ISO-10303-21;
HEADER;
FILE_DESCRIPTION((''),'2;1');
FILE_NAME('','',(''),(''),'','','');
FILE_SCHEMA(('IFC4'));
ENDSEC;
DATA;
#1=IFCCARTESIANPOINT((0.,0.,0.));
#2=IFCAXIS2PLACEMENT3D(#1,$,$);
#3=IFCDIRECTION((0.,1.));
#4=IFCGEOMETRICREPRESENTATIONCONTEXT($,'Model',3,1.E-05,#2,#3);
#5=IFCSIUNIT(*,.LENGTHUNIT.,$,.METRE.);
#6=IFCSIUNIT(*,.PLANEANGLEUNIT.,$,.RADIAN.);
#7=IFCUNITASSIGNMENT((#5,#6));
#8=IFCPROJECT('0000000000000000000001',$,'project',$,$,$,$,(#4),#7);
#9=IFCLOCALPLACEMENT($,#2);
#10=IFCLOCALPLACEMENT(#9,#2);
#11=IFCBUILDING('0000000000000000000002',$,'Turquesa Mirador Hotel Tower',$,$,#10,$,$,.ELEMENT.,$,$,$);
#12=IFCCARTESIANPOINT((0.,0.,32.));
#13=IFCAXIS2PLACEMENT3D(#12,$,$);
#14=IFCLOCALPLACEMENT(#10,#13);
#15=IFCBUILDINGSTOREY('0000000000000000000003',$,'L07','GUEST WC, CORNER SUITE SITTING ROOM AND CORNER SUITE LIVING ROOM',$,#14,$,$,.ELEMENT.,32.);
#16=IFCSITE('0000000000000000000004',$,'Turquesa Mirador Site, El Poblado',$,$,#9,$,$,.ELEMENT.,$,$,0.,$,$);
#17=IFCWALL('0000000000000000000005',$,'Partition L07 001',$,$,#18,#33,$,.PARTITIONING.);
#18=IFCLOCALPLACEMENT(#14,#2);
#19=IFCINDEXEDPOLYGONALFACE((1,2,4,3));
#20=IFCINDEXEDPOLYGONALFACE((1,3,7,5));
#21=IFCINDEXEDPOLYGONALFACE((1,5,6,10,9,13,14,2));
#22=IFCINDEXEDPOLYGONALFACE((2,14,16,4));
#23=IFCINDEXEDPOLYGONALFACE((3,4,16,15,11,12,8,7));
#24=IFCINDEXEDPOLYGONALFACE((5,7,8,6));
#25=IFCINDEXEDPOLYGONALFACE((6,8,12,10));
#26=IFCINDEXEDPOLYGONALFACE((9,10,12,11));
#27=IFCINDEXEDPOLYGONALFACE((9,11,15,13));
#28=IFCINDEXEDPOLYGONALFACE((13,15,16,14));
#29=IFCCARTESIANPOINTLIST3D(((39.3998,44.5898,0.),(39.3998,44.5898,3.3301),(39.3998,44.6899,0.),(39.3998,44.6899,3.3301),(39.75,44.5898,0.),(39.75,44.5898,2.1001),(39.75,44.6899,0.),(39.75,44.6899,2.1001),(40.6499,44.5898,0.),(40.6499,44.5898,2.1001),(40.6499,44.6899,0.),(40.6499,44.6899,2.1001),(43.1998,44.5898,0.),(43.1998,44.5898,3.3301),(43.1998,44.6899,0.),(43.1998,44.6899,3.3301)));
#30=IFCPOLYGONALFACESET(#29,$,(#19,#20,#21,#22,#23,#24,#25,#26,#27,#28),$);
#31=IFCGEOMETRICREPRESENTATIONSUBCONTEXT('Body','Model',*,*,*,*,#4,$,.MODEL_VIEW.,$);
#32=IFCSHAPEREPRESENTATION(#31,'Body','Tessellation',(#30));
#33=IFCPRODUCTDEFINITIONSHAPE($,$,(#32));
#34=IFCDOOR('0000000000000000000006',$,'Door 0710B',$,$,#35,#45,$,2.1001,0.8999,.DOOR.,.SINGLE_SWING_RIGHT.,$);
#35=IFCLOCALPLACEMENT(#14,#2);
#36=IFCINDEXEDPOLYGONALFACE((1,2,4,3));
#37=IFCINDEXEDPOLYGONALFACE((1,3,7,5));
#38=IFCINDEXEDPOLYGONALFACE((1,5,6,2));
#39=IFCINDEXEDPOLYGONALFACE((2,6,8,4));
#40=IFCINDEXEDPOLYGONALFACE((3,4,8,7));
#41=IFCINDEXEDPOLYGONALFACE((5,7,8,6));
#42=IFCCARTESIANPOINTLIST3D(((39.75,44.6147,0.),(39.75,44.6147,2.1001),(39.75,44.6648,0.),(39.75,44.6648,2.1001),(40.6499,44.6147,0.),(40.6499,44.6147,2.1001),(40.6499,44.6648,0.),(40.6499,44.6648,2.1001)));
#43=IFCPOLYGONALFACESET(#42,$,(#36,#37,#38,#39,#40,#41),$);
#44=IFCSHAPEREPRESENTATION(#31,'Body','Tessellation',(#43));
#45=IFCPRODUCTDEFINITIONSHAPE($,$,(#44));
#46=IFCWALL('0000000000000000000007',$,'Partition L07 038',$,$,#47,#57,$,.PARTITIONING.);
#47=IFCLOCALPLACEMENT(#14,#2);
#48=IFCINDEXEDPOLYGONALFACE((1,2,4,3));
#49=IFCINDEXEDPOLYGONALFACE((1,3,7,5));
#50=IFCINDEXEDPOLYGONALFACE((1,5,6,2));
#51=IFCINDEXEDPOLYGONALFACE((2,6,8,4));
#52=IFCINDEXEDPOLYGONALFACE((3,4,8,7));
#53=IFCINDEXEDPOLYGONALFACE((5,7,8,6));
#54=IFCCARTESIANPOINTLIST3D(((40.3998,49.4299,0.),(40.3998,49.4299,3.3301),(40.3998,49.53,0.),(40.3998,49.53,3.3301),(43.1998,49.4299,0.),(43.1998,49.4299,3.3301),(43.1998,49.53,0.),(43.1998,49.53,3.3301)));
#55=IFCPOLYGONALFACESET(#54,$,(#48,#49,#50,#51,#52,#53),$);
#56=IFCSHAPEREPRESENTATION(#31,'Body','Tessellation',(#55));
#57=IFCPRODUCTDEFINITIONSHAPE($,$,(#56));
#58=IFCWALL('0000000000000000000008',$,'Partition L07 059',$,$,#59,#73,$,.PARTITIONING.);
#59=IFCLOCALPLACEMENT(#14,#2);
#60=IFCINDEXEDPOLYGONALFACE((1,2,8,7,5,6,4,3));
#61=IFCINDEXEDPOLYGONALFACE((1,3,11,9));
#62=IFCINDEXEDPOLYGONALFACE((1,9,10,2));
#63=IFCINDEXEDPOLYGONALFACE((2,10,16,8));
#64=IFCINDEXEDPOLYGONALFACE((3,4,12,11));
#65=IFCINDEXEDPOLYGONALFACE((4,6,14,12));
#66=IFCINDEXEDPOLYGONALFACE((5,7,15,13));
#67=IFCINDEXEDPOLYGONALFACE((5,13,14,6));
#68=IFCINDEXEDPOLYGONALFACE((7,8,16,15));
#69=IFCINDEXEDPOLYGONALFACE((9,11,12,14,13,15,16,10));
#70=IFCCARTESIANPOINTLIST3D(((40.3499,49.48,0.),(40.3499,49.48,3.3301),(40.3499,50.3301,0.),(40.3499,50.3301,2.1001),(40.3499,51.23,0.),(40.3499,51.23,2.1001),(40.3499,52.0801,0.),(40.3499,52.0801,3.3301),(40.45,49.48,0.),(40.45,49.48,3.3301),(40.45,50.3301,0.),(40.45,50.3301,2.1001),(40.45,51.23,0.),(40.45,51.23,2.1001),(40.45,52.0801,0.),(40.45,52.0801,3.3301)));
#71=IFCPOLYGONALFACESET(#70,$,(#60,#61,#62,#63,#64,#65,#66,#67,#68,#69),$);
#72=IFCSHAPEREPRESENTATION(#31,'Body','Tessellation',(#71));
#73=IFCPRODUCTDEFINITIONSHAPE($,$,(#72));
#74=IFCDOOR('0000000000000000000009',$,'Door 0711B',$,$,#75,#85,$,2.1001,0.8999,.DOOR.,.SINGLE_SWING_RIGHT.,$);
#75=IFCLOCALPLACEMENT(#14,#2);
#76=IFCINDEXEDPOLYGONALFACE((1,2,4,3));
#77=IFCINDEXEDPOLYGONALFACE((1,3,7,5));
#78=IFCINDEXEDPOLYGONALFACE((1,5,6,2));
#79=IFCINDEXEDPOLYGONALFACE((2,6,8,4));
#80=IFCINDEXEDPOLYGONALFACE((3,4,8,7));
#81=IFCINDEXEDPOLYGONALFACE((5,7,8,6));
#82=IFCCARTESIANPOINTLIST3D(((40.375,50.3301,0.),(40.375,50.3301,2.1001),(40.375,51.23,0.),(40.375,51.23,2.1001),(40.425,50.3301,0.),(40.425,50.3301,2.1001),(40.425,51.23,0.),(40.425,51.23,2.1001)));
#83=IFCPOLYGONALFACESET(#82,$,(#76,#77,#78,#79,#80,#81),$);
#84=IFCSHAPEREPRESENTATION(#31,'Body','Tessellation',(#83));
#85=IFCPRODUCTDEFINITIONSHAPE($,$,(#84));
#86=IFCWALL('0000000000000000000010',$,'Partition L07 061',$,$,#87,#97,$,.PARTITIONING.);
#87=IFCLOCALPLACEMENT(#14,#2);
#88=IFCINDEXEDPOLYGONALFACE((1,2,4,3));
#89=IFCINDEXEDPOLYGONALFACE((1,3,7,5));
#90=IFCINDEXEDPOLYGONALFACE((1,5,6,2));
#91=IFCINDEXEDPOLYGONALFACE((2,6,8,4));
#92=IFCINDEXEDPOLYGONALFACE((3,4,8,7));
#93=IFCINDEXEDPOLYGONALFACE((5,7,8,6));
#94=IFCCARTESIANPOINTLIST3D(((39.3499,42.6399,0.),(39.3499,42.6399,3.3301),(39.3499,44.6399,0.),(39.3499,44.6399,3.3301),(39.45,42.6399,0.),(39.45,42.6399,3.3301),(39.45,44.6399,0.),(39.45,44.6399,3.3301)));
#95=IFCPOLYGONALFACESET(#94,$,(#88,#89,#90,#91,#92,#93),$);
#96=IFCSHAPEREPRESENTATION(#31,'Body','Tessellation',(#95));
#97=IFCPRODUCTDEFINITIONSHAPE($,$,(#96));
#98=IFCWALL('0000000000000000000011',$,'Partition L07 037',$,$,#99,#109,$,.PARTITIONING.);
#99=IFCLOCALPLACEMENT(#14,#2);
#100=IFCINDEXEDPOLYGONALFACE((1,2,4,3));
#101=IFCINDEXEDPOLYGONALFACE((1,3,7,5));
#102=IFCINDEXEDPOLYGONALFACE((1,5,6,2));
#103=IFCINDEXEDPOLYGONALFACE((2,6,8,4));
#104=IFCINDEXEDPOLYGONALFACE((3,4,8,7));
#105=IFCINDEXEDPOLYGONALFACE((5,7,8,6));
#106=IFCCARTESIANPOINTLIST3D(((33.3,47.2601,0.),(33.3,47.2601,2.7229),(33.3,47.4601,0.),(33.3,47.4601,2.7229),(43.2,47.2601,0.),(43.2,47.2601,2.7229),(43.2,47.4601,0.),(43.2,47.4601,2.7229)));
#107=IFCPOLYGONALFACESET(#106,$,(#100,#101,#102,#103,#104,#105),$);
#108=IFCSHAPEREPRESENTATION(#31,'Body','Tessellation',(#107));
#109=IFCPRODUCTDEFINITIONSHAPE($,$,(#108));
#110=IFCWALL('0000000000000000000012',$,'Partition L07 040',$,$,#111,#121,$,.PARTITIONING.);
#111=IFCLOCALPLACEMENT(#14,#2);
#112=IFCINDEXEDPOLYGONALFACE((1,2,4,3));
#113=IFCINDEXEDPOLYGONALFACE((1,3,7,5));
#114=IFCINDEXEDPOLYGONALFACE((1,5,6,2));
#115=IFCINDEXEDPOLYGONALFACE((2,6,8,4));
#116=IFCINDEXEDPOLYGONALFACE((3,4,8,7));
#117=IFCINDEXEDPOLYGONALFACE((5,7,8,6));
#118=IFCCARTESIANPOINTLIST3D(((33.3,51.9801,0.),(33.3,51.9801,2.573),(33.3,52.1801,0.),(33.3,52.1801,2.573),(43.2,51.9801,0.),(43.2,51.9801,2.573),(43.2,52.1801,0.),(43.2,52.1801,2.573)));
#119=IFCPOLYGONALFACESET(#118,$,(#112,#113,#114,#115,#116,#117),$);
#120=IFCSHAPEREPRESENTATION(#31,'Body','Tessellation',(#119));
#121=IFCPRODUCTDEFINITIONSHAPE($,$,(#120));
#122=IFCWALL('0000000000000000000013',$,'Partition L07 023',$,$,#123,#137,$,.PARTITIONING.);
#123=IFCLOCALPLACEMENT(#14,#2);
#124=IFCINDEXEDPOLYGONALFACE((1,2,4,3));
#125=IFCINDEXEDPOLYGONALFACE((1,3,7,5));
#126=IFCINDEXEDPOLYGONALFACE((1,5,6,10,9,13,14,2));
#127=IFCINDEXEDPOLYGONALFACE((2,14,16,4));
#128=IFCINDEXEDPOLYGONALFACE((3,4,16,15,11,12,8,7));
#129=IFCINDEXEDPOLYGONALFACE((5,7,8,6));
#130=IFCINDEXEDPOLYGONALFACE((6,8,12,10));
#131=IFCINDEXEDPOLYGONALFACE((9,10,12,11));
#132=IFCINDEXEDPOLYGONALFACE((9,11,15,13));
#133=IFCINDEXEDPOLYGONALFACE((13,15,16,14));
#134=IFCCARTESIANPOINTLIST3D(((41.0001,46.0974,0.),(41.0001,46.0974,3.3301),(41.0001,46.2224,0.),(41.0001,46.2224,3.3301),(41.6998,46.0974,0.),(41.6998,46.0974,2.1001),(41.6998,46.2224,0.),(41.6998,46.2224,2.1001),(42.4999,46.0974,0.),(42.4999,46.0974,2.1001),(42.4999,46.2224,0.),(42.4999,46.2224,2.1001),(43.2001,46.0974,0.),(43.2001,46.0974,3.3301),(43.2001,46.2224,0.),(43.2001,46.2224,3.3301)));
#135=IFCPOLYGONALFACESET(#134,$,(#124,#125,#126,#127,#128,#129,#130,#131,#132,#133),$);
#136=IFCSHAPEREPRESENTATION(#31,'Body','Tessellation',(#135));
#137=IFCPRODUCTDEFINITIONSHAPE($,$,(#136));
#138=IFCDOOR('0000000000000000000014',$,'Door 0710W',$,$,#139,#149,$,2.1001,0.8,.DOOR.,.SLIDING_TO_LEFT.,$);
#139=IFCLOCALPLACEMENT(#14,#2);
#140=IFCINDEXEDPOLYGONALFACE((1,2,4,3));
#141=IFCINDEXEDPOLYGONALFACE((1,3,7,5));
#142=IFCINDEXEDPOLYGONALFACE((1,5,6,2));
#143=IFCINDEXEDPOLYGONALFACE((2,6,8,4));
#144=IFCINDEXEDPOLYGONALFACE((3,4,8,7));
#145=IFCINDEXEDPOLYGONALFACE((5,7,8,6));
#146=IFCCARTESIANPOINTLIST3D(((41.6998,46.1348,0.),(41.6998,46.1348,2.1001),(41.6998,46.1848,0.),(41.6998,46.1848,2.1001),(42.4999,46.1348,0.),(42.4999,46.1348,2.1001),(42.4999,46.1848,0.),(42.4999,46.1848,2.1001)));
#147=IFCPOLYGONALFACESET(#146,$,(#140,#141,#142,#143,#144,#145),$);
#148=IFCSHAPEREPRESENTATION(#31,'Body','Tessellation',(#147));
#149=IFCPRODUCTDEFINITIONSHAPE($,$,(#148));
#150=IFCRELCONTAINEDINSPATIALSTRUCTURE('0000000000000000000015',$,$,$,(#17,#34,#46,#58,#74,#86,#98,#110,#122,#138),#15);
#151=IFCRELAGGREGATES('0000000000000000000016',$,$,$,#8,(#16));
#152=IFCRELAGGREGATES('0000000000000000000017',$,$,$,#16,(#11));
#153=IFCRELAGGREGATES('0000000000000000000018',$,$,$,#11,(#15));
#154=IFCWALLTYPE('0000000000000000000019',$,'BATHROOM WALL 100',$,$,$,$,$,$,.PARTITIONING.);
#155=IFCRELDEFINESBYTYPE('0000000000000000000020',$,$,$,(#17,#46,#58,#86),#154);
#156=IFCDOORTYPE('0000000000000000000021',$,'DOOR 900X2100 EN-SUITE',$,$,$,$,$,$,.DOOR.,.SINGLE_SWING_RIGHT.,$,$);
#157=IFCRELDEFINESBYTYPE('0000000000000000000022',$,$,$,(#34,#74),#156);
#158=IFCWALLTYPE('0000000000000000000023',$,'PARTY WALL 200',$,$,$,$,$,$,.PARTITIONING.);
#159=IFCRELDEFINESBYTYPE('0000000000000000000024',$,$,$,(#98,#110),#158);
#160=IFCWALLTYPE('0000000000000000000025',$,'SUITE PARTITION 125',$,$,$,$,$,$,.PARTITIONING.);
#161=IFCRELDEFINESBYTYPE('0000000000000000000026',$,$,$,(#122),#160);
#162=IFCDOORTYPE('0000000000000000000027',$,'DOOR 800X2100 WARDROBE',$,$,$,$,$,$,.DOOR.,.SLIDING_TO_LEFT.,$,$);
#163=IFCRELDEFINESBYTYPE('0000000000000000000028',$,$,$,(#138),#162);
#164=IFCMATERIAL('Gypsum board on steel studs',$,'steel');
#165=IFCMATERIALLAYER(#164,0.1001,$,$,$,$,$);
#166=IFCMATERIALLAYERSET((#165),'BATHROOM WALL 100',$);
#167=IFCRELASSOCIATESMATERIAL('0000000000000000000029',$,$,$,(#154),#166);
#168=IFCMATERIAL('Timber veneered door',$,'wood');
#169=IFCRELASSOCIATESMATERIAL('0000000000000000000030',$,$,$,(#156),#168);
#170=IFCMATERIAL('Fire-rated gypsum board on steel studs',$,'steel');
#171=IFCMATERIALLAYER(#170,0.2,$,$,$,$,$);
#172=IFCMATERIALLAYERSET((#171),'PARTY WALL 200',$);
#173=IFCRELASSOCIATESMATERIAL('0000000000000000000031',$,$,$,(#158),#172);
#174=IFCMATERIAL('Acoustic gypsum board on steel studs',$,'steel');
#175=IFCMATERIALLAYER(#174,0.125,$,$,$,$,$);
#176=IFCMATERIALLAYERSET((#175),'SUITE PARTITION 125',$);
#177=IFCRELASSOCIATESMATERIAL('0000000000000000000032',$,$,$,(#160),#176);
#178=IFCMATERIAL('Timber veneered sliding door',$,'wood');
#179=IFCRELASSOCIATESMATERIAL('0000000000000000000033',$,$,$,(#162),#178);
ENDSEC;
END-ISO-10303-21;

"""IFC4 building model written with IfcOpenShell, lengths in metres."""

from ifc_helpers import new_model, si_unit, direction, frame, frame_2d, origin, place, context, subcontext, project, spatial, rectangle, extrude, material, layer, layer_set, type_object, element, fill, save


model = new_model("IFC4")

# Units and contexts
model_context = context("Model", 3, precision=1e-05, world=origin(), true_north=direction((0.0, 1.0)))
body_context = subcontext(model_context, "Body", "Model", "MODEL_VIEW")
ifc_project = project(units=[si_unit("LENGTHUNIT", "METRE"), si_unit("PLANEANGLEUNIT", "RADIAN")], contexts=[model_context])

# Site, building, storey
site_placement = place(None, origin())
site = spatial("IfcSite", under=ifc_project, at=site_placement, Name="Turquesa Mirador Site, El Poblado", CompositionType="ELEMENT", RefElevation=0.0)
building_placement = place(site_placement, origin())
building = spatial("IfcBuilding", under=site, at=building_placement, Name="Turquesa Mirador Hotel Tower", CompositionType="ELEMENT")
storey_placement = place(building_placement, frame((0.0, 0.0, 32.0)))
storey = spatial("IfcBuildingStorey", under=building, at=storey_placement, Name="L07", Description="GUEST WC, CORNER SUITE SITTING ROOM AND CORNER SUITE LIVING ROOM", CompositionType="ELEMENT", Elevation=32.0)

# Wall, opening, door
ifc_material_1 = material(Name="Gypsum board on steel studs", Category="steel")
ifc_layer_1 = layer(ifc_material_1, 0.1001)
ifc_layer_set_1 = layer_set([ifc_layer_1], Name="BATHROOM WALL 100")
wall_type_1 = type_object("IfcWallType", Name="BATHROOM WALL 100", PredefinedType="PARTITIONING", material=ifc_layer_set_1)
wall_1_placement = place(storey_placement, frame((39.3999, 44.6399, 0.0), z_axis=(0.0, 0.0, 1.0), x_axis=(1.0, 0.0, 0.0)))
wall_1 = element("IfcWall", 1, at=wall_1_placement, inside=storey, type_object=wall_type_1, Name="Partition L07 001", PredefinedType="PARTITIONING", context=body_context, shape_type="SweptSolid", body=[
    extrude(rectangle(XDim=3.8, YDim=0.1001, at=frame_2d((1.8999, 0.0))), origin(), (0.0, 0.0, 1.0), 3.3301),
])
opening_1_placement = place(wall_1_placement, frame((0.3501, 0.0, 0.0)))
opening_1 = element("IfcOpeningElement", 2, at=opening_1_placement, cuts=wall_1, PredefinedType="OPENING", context=body_context, shape_type="SweptSolid", body=[
    extrude(rectangle(XDim=0.8999, YDim=2.1001, at=frame_2d((0.45, 1.05))), frame((0.0, 0.0601, 0.0), z_axis=(0.0, -1.0, 0.0), x_axis=(1.0, 0.0, 0.0)), (0.0, 0.0, 1.0), 0.1201),
])
ifc_material_2 = material(Name="Timber veneered door", Category="wood")
door_type_1 = type_object("IfcDoorType", Name="DOOR 900X2100 EN-SUITE", OperationType="SINGLE_SWING_RIGHT", PredefinedType="DOOR", material=ifc_material_2)
door_1_placement = place(opening_1_placement, origin())
door_1 = element("IfcDoor", 3, at=door_1_placement, inside=storey, type_object=door_type_1, Name="Door 0710B", OperationType="SINGLE_SWING_RIGHT", OverallHeight=2.1001, OverallWidth=0.8999, PredefinedType="DOOR", context=body_context, shape_type="SweptSolid", body=[
    extrude(rectangle(XDim=0.8999, YDim=2.1001, at=frame_2d((0.45, 1.05))), frame((0.0, 0.0249, 0.0), z_axis=(0.0, -1.0, 0.0), x_axis=(1.0, 0.0, 0.0)), (0.0, 0.0, 1.0), 0.05),
])
fill(opening_1, door_1)

# Wall
wall_2_placement = place(storey_placement, frame((40.3999, 49.48, 0.0), z_axis=(0.0, 0.0, 1.0), x_axis=(1.0, 0.0, 0.0)))
element("IfcWall", 4, at=wall_2_placement, inside=storey, type_object=wall_type_1, Name="Partition L07 038", PredefinedType="PARTITIONING", context=body_context, shape_type="SweptSolid", body=[
    extrude(rectangle(XDim=2.8, YDim=0.1001, at=frame_2d((1.3999, 0.0))), origin(), (0.0, 0.0, 1.0), 3.3301),
])

# Wall, opening, door
wall_3_placement = place(storey_placement, frame((40.3999, 49.48, 0.0), z_axis=(0.0, 0.0, 1.0), x_axis=(0.0, 1.0, 0.0)))
wall_3 = element("IfcWall", 5, at=wall_3_placement, inside=storey, type_object=wall_type_1, Name="Partition L07 059", PredefinedType="PARTITIONING", context=body_context, shape_type="SweptSolid", body=[
    extrude(rectangle(XDim=2.6001, YDim=0.1001, at=frame_2d((1.3, 0.0))), origin(), (0.0, 0.0, 1.0), 3.3301),
])
opening_2_placement = place(wall_3_placement, frame((0.8501, 0.0, 0.0)))
opening_2 = element("IfcOpeningElement", 6, at=opening_2_placement, cuts=wall_3, PredefinedType="OPENING", context=body_context, shape_type="SweptSolid", body=[
    extrude(rectangle(XDim=0.8999, YDim=2.1001, at=frame_2d((0.45, 1.05))), frame((0.0, 0.0601, 0.0), z_axis=(0.0, -1.0, 0.0), x_axis=(1.0, 0.0, 0.0)), (0.0, 0.0, 1.0), 0.1201),
])
door_2_placement = place(opening_2_placement, origin())
door_2 = element("IfcDoor", 7, at=door_2_placement, inside=storey, type_object=door_type_1, Name="Door 0711B", OperationType="SINGLE_SWING_RIGHT", OverallHeight=2.1001, OverallWidth=0.8999, PredefinedType="DOOR", context=body_context, shape_type="SweptSolid", body=[
    extrude(rectangle(XDim=0.8999, YDim=2.1001, at=frame_2d((0.45, 1.05))), frame((0.0, 0.0249, 0.0), z_axis=(0.0, -1.0, 0.0), x_axis=(1.0, 0.0, 0.0)), (0.0, 0.0, 1.0), 0.05),
])
fill(opening_2, door_2)

# Walls
wall_4_placement = place(storey_placement, frame((39.3999, 42.6399, 0.0), z_axis=(0.0, 0.0, 1.0), x_axis=(0.0, 1.0, 0.0)))
element("IfcWall", 8, at=wall_4_placement, inside=storey, type_object=wall_type_1, Name="Partition L07 061", PredefinedType="PARTITIONING", context=body_context, shape_type="SweptSolid", body=[
    extrude(rectangle(XDim=2.0, YDim=0.1001, at=frame_2d((1.0, 0.0))), origin(), (0.0, 0.0, 1.0), 3.3301),
])
ifc_material_3 = material(Name="Fire-rated gypsum board on steel studs", Category="steel")
ifc_layer_2 = layer(ifc_material_3, 0.2)
ifc_layer_set_2 = layer_set([ifc_layer_2], Name="PARTY WALL 200")
wall_type_2 = type_object("IfcWallType", Name="PARTY WALL 200", PredefinedType="PARTITIONING", material=ifc_layer_set_2)
wall_5_placement = place(storey_placement, frame((33.3, 47.3601, 0.0), z_axis=(0.0, 0.0, 1.0), x_axis=(1.0, 0.0, 0.0)))
element("IfcWall", 9, at=wall_5_placement, inside=storey, type_object=wall_type_2, Name="Partition L07 037", PredefinedType="PARTITIONING", context=body_context, shape_type="SweptSolid", body=[
    extrude(rectangle(XDim=9.8999, YDim=0.2, at=frame_2d((4.95, 0.0))), origin(), (0.0, 0.0, 1.0), 2.7229),
])
wall_6_placement = place(storey_placement, frame((33.3, 52.0801, 0.0), z_axis=(0.0, 0.0, 1.0), x_axis=(1.0, 0.0, 0.0)))
element("IfcWall", 10, at=wall_6_placement, inside=storey, type_object=wall_type_2, Name="Partition L07 040", PredefinedType="PARTITIONING", context=body_context, shape_type="SweptSolid", body=[
    extrude(rectangle(XDim=9.8999, YDim=0.2, at=frame_2d((4.95, 0.0))), origin(), (0.0, 0.0, 1.0), 2.573),
])

# Wall, opening, door
ifc_material_4 = material(Name="Acoustic gypsum board on steel studs", Category="steel")
ifc_layer_3 = layer(ifc_material_4, 0.125)
ifc_layer_set_3 = layer_set([ifc_layer_3], Name="SUITE PARTITION 125")
wall_type_3 = type_object("IfcWallType", Name="SUITE PARTITION 125", PredefinedType="PARTITIONING", material=ifc_layer_set_3)
wall_7_placement = place(storey_placement, frame((41.0, 46.1599, 0.0), z_axis=(0.0, 0.0, 1.0), x_axis=(1.0, 0.0, 0.0)))
wall_7 = element("IfcWall", 11, at=wall_7_placement, inside=storey, type_object=wall_type_3, Name="Partition L07 023", PredefinedType="PARTITIONING", context=body_context, shape_type="SweptSolid", body=[
    extrude(rectangle(XDim=2.2, YDim=0.125, at=frame_2d((1.1001, 0.0))), origin(), (0.0, 0.0, 1.0), 3.3301),
])
opening_3_placement = place(wall_7_placement, frame((0.7, 0.0, 0.0)))
opening_3 = element("IfcOpeningElement", 12, at=opening_3_placement, cuts=wall_7, PredefinedType="OPENING", context=body_context, shape_type="SweptSolid", body=[
    extrude(rectangle(XDim=0.8, YDim=2.1001, at=frame_2d((0.3999, 1.05))), frame((0.0, 0.0725, 0.0), z_axis=(0.0, -1.0, 0.0), x_axis=(1.0, 0.0, 0.0)), (0.0, 0.0, 1.0), 0.145),
])
ifc_material_5 = material(Name="Timber veneered sliding door", Category="wood")
door_type_2 = type_object("IfcDoorType", Name="DOOR 800X2100 WARDROBE", OperationType="SLIDING_TO_LEFT", PredefinedType="DOOR", material=ifc_material_5)
door_3_placement = place(opening_3_placement, origin())
door_3 = element("IfcDoor", 13, at=door_3_placement, inside=storey, type_object=door_type_2, Name="Door 0710W", OperationType="SLIDING_TO_LEFT", OverallHeight=2.1001, OverallWidth=0.8, PredefinedType="DOOR", context=body_context, shape_type="SweptSolid", body=[
    extrude(rectangle(XDim=0.8, YDim=2.1001, at=frame_2d((0.3999, 1.05))), frame((0.0, 0.0249, 0.0), z_axis=(0.0, -1.0, 0.0), x_axis=(1.0, 0.0, 0.0)), (0.0, 0.0, 1.0), 0.05),
])
fill(opening_3, door_3)

save(model, "model.ifc")
